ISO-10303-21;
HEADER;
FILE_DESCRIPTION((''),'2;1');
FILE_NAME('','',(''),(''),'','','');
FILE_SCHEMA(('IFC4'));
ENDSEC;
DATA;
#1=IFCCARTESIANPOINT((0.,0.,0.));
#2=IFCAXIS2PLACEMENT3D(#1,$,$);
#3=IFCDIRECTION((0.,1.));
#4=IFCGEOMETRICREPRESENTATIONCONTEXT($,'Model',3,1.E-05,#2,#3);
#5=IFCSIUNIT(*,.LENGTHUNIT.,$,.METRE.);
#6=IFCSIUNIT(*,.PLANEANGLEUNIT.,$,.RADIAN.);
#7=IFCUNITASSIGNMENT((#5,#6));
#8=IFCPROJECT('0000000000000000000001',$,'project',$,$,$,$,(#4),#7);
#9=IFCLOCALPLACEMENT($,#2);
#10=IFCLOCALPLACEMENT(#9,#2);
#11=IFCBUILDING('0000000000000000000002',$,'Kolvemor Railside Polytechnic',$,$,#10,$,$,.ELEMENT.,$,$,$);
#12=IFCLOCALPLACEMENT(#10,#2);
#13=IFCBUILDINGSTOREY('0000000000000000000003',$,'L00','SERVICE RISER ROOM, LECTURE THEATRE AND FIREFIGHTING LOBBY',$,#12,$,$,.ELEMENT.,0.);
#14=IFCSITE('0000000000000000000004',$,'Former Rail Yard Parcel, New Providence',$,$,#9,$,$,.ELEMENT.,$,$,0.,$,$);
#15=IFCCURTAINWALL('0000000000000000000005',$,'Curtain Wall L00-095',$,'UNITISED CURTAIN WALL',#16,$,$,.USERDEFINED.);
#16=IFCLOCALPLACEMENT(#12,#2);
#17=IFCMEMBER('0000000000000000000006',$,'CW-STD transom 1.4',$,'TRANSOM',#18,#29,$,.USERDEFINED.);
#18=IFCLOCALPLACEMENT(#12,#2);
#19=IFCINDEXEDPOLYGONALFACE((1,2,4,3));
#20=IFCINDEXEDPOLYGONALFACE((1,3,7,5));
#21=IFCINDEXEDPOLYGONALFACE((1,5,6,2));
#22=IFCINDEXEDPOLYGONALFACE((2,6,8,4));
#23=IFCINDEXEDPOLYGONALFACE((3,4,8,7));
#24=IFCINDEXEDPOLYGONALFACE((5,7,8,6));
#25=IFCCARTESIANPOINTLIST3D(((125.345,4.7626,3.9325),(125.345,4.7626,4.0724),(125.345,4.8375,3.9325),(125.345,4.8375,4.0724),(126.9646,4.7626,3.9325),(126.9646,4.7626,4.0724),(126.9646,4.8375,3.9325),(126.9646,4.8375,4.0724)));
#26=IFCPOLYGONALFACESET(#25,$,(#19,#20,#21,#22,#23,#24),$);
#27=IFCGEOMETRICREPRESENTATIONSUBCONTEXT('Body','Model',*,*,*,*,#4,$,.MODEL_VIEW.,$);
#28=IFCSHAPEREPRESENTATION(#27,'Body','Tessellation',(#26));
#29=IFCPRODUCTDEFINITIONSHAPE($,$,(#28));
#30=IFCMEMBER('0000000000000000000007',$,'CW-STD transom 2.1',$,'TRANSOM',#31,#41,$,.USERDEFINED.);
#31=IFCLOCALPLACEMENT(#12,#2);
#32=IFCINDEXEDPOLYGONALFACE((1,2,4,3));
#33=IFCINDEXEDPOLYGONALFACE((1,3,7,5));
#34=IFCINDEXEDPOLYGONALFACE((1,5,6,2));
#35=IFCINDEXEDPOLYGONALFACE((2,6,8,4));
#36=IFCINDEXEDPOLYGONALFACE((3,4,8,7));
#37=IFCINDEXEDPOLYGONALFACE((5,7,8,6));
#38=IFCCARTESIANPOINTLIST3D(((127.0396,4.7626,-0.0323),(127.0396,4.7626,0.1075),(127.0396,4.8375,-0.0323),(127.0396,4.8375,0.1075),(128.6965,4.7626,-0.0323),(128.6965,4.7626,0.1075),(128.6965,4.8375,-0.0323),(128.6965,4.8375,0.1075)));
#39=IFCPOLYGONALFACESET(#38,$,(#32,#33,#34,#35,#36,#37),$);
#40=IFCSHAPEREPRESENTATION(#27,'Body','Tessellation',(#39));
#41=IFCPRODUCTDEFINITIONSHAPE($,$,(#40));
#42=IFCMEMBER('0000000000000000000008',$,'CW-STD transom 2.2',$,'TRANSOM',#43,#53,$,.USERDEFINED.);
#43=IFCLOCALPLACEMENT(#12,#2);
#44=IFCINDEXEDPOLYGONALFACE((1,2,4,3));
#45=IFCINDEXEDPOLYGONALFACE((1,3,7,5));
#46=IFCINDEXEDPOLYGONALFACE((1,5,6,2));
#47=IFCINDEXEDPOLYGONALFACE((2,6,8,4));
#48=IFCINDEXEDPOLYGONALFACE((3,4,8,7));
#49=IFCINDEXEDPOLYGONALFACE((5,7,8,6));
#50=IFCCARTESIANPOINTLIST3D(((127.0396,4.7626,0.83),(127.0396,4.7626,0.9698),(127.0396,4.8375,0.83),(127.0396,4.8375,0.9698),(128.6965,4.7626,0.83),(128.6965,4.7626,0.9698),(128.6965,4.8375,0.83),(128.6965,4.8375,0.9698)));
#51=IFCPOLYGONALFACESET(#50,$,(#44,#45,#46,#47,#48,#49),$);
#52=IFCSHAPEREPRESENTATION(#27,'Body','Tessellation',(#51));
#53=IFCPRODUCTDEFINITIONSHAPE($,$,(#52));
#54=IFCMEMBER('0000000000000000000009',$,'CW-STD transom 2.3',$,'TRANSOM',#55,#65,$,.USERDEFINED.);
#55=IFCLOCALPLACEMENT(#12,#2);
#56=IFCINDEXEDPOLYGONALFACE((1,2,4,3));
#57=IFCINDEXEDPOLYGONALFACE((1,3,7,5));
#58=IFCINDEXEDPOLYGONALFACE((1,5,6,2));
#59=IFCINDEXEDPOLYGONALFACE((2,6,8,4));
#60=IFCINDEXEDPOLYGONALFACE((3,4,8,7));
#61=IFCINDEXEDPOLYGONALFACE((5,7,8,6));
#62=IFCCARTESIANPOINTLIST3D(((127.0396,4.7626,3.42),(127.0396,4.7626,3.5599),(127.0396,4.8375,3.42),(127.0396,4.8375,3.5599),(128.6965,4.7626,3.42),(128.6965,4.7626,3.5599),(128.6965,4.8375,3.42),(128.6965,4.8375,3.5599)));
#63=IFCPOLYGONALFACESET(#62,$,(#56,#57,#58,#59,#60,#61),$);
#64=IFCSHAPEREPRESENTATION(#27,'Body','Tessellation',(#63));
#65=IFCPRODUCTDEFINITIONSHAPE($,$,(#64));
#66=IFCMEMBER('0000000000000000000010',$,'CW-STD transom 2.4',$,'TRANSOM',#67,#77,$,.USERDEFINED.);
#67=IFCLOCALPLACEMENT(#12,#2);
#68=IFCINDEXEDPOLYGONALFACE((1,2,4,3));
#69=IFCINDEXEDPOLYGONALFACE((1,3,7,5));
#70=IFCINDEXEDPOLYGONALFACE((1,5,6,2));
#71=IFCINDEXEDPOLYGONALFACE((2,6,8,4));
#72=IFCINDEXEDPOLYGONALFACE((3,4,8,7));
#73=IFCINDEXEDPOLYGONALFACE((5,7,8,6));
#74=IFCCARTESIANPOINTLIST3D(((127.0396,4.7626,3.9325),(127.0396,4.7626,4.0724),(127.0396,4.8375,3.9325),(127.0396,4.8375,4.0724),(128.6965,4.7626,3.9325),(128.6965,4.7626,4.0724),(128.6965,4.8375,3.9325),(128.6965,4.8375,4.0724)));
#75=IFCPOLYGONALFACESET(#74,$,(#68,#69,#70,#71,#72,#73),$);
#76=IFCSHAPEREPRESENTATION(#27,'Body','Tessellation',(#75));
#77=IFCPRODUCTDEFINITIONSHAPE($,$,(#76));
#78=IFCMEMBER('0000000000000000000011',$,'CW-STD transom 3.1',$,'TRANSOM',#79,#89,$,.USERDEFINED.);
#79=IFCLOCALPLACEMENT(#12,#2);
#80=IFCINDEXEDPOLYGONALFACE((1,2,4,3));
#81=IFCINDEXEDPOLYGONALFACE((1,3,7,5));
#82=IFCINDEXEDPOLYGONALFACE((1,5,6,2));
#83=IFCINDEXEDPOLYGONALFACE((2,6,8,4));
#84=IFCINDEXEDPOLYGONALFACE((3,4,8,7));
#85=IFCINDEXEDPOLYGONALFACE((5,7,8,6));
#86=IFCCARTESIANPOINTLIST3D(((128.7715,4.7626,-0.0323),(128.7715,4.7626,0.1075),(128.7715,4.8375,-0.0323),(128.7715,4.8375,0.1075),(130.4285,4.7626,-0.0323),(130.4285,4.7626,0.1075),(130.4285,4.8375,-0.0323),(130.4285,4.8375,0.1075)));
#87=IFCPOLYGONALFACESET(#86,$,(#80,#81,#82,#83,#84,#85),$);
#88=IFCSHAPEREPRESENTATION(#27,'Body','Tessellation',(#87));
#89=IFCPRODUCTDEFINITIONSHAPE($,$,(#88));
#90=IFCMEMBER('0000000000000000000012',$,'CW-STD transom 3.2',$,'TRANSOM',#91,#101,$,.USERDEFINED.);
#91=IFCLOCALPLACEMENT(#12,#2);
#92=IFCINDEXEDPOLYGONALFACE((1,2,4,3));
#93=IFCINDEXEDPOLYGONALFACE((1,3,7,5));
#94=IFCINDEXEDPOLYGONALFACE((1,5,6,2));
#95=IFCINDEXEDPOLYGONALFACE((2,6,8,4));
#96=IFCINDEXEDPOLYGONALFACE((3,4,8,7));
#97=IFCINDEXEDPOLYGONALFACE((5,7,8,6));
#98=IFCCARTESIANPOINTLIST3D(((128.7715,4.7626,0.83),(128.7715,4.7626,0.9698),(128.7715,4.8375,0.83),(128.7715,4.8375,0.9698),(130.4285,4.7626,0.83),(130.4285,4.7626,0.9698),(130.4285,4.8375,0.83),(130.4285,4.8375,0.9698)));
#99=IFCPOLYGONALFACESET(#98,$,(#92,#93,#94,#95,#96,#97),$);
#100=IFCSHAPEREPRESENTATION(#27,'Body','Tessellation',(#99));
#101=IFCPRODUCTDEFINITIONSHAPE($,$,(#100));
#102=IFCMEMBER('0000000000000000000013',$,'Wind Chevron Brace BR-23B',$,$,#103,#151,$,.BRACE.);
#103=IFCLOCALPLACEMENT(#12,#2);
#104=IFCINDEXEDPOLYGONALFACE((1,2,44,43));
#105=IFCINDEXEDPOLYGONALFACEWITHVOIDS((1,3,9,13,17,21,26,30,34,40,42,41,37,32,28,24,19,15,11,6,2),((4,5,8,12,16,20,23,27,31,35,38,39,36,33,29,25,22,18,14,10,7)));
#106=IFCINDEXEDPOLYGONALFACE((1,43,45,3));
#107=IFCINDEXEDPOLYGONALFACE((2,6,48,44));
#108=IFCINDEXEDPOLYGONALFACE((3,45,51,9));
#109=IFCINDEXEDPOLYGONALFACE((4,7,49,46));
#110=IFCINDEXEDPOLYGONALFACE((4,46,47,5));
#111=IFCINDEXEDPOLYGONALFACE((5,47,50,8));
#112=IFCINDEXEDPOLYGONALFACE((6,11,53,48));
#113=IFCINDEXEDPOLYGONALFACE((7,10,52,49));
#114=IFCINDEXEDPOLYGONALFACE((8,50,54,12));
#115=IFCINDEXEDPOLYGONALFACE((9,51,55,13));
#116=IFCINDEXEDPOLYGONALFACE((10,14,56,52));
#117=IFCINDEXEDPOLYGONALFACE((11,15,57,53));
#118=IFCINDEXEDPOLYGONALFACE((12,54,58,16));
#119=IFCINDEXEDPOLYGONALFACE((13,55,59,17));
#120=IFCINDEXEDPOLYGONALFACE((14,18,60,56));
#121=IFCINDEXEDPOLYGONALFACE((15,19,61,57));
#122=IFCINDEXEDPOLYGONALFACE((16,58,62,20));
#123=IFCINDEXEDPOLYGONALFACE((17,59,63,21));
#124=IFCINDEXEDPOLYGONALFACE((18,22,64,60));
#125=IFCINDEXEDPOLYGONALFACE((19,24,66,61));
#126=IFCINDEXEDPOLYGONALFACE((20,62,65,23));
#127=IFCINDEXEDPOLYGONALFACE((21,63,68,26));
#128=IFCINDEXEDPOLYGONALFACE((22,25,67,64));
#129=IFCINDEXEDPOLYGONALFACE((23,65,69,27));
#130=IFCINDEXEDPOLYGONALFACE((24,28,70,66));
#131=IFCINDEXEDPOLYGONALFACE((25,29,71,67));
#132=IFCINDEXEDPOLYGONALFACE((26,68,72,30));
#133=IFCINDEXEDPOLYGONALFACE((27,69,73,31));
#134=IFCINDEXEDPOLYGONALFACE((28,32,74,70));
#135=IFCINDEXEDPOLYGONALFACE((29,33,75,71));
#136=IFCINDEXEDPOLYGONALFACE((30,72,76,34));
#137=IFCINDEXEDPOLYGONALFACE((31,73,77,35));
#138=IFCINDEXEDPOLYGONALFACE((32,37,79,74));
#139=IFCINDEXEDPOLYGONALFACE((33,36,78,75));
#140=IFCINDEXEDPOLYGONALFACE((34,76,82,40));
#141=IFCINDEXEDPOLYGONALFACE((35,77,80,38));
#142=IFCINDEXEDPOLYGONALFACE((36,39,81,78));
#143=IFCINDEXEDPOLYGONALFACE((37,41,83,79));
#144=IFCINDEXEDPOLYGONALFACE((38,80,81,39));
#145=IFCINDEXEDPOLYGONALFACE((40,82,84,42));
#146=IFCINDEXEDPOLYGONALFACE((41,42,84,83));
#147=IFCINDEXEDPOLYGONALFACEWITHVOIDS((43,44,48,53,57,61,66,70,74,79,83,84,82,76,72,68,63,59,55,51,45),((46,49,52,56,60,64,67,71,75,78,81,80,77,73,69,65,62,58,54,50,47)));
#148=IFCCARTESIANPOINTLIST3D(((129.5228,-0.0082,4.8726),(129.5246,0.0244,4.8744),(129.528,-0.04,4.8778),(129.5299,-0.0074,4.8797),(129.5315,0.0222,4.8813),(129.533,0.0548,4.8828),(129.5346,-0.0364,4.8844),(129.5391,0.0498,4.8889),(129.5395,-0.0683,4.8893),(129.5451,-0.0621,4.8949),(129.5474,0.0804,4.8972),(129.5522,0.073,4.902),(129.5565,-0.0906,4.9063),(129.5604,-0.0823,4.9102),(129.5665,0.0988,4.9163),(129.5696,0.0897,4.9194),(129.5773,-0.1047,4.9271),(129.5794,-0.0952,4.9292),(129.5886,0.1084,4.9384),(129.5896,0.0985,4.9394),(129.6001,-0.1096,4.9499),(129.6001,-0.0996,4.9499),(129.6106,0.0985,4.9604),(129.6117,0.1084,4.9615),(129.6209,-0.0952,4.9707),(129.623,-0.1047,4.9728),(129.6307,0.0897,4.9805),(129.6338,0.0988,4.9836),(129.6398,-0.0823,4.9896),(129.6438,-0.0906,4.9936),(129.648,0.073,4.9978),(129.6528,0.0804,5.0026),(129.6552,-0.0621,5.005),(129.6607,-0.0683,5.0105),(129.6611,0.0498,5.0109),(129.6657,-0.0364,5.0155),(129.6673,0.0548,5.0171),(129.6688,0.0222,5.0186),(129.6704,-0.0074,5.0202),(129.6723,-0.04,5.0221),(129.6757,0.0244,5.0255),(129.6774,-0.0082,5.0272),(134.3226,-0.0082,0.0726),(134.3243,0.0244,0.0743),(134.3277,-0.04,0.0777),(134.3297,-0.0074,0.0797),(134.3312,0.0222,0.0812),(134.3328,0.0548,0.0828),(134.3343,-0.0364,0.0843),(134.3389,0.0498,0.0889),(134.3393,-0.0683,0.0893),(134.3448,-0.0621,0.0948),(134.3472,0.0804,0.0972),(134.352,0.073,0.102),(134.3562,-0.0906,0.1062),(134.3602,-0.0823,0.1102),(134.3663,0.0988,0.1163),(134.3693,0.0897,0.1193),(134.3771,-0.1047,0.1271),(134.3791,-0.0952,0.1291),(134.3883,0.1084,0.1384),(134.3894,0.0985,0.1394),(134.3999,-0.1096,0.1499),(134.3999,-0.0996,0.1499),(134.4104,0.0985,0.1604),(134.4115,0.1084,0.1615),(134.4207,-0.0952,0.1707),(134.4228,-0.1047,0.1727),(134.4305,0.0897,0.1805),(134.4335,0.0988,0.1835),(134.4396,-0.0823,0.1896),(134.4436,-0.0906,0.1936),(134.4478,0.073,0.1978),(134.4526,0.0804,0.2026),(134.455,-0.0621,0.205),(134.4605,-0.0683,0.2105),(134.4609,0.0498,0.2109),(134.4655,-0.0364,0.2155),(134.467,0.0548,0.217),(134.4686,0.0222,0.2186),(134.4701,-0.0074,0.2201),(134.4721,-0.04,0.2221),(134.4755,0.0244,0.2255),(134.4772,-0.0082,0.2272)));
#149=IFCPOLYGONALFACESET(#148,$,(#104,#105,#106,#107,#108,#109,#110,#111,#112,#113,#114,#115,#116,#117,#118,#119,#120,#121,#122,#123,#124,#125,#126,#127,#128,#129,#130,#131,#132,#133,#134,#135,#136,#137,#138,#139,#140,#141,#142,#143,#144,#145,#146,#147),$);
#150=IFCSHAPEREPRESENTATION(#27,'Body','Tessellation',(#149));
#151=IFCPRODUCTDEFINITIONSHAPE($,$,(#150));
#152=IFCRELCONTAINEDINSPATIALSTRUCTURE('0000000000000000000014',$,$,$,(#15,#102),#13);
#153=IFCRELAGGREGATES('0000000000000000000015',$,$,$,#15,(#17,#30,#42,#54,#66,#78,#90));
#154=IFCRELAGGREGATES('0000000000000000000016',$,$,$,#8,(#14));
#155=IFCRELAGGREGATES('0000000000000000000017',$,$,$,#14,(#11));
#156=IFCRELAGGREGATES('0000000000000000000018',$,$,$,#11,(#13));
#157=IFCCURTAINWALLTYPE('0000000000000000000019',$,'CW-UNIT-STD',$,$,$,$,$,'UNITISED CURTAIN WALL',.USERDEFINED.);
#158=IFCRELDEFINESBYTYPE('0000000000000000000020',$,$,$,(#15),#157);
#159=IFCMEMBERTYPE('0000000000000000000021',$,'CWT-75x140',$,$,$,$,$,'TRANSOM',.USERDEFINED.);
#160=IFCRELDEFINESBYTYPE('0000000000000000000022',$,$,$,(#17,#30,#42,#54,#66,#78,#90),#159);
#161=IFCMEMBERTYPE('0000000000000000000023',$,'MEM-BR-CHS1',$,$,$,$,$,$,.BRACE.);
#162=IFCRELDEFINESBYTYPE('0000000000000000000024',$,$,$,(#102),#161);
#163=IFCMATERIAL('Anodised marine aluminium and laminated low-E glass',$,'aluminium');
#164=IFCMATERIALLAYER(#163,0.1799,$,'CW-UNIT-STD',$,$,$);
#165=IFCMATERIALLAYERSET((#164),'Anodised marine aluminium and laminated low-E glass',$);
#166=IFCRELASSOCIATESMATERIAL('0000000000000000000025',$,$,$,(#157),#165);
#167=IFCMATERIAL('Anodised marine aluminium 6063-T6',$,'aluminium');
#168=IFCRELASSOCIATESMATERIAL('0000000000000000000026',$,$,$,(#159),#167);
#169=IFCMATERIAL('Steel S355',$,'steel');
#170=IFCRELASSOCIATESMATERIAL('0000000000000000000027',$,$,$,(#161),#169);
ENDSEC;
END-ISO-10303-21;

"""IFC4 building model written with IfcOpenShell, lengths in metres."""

from ifc_helpers import new_model, si_unit, direction, frame, origin, origin_2d, place, context, subcontext, project, spatial, rectangle, hollow_circle, extrude, material, layer, layer_set, material_profile, profile_set, type_object, element, aggregate, save


model = new_model("IFC4")

# Units and contexts
model_context = context("Model", 3, precision=1e-05, world=origin(), true_north=direction((0.0, 1.0)))
body_context = subcontext(model_context, "Body", "Model", "MODEL_VIEW")
ifc_project = project(units=[si_unit("LENGTHUNIT", "METRE"), si_unit("PLANEANGLEUNIT", "RADIAN")], contexts=[model_context])

# Site, building, storey
site_placement = place(None, origin())
site = spatial("IfcSite", under=ifc_project, at=site_placement, Name="Former Rail Yard Parcel, New Providence", CompositionType="ELEMENT", RefElevation=0.0)
building_placement = place(site_placement, origin())
building = spatial("IfcBuilding", under=site, at=building_placement, Name="Kolvemor Railside Polytechnic", CompositionType="ELEMENT")
storey_placement = place(building_placement, origin())
storey = spatial("IfcBuildingStorey", under=building, at=storey_placement, Name="L00", Description="SERVICE RISER ROOM, LECTURE THEATRE AND FIREFIGHTING LOBBY", CompositionType="ELEMENT", Elevation=0.0)

# Curtain wall, members
ifc_material_1 = material(Name="Anodised marine aluminium and laminated low-E glass", Category="aluminium")
ifc_layer_1 = layer(ifc_material_1, 0.1799, Name="CW-UNIT-STD")
ifc_layer_set_1 = layer_set([ifc_layer_1], Name="Anodised marine aluminium and laminated low-E glass")
curtain_wall_type = type_object("IfcCurtainWallType", Name="CW-UNIT-STD", ElementType="UNITISED CURTAIN WALL", PredefinedType="USERDEFINED", material=ifc_layer_set_1)
curtain_wall_placement = place(storey_placement, origin())
curtain_wall = element("IfcCurtainWall", 1, at=curtain_wall_placement, inside=storey, type_object=curtain_wall_type, Name="Curtain Wall L00-095", ObjectType="UNITISED CURTAIN WALL", PredefinedType="USERDEFINED")
ifc_material_2 = material(Name="Anodised marine aluminium 6063-T6", Category="aluminium")
ifc_material_profile_1 = material_profile(ifc_material_2, rectangle(XDim=0.075, YDim=0.1399, at=origin_2d()), Name="CW-TRN-75x140")
ifc_profile_set_1 = profile_set([ifc_material_profile_1], Name="Anodised marine aluminium 6063-T6")
member_type_1 = type_object("IfcMemberType", Name="CWT-75x140", ElementType="TRANSOM", PredefinedType="USERDEFINED", material=ifc_profile_set_1)
member_1_placement = place(storey_placement, frame((125.345, 4.8, 4.0024), z_axis=(1.0, 0.0, 0.0), x_axis=(0.0, 1.0, 0.0)))
member_1 = element("IfcMember", 2, at=member_1_placement, type_object=member_type_1, Name="CW-STD transom 1.4", ObjectType="TRANSOM", PredefinedType="USERDEFINED", context=body_context, shape_type="SweptSolid", body=[
    extrude(rectangle(XDim=0.075, YDim=0.1399, at=origin_2d()), origin(), (0.0, 0.0, 1.0), 1.6196),
])
member_2_placement = place(storey_placement, frame((127.0396, 4.8, 0.0376), z_axis=(1.0, 0.0, 0.0), x_axis=(0.0, 1.0, 0.0)))
member_2 = element("IfcMember", 3, at=member_2_placement, type_object=member_type_1, Name="CW-STD transom 2.1", ObjectType="TRANSOM", PredefinedType="USERDEFINED", context=body_context, shape_type="SweptSolid", body=[
    extrude(rectangle(XDim=0.075, YDim=0.1399, at=origin_2d()), origin(), (0.0, 0.0, 1.0), 1.657),
])
member_3_placement = place(storey_placement, frame((127.0396, 4.8, 0.8999), z_axis=(1.0, 0.0, 0.0), x_axis=(0.0, 1.0, 0.0)))
member_3 = element("IfcMember", 4, at=member_3_placement, type_object=member_type_1, Name="CW-STD transom 2.2", ObjectType="TRANSOM", PredefinedType="USERDEFINED", context=body_context, shape_type="SweptSolid", body=[
    extrude(rectangle(XDim=0.075, YDim=0.1399, at=origin_2d()), origin(), (0.0, 0.0, 1.0), 1.657),
])
member_4_placement = place(storey_placement, frame((127.0396, 4.8, 3.49), z_axis=(1.0, 0.0, 0.0), x_axis=(0.0, 1.0, 0.0)))
member_4 = element("IfcMember", 5, at=member_4_placement, type_object=member_type_1, Name="CW-STD transom 2.3", ObjectType="TRANSOM", PredefinedType="USERDEFINED", context=body_context, shape_type="SweptSolid", body=[
    extrude(rectangle(XDim=0.075, YDim=0.1399, at=origin_2d()), origin(), (0.0, 0.0, 1.0), 1.657),
])
member_5_placement = place(storey_placement, frame((127.0396, 4.8, 4.0024), z_axis=(1.0, 0.0, 0.0), x_axis=(0.0, 1.0, 0.0)))
member_5 = element("IfcMember", 6, at=member_5_placement, type_object=member_type_1, Name="CW-STD transom 2.4", ObjectType="TRANSOM", PredefinedType="USERDEFINED", context=body_context, shape_type="SweptSolid", body=[
    extrude(rectangle(XDim=0.075, YDim=0.1399, at=origin_2d()), origin(), (0.0, 0.0, 1.0), 1.657),
])
member_6_placement = place(storey_placement, frame((128.7715, 4.8, 0.0376), z_axis=(1.0, 0.0, 0.0), x_axis=(0.0, 1.0, 0.0)))
member_6 = element("IfcMember", 7, at=member_6_placement, type_object=member_type_1, Name="CW-STD transom 3.1", ObjectType="TRANSOM", PredefinedType="USERDEFINED", context=body_context, shape_type="SweptSolid", body=[
    extrude(rectangle(XDim=0.075, YDim=0.1399, at=origin_2d()), origin(), (0.0, 0.0, 1.0), 1.657),
])
member_7_placement = place(storey_placement, frame((128.7715, 4.8, 0.8999), z_axis=(1.0, 0.0, 0.0), x_axis=(0.0, 1.0, 0.0)))
member_7 = element("IfcMember", 8, at=member_7_placement, type_object=member_type_1, Name="CW-STD transom 3.2", ObjectType="TRANSOM", PredefinedType="USERDEFINED", context=body_context, shape_type="SweptSolid", body=[
    extrude(rectangle(XDim=0.075, YDim=0.1399, at=origin_2d()), origin(), (0.0, 0.0, 1.0), 1.657),
])

# Member
ifc_material_3 = material(Name="Steel S355", Category="steel")
ifc_material_profile_2 = material_profile(ifc_material_3, hollow_circle(Radius=0.1096, WallThickness=0.01, at=origin_2d()), Name="CHS219.1x10")
ifc_profile_set_2 = profile_set([ifc_material_profile_2], Name="Steel S355")
member_type_2 = type_object("IfcMemberType", Name="MEM-BR-CHS1", PredefinedType="BRACE", material=ifc_profile_set_2)
member_8_placement = place(storey_placement, frame((134.3999, 0.0, 0.1499), z_axis=(-0.707089, 0.0, 0.707125), x_axis=(0.0, -1.0, 0.0)))
element("IfcMember", 9, at=member_8_placement, inside=storey, type_object=member_type_2, Name="Wind Chevron Brace BR-23B", PredefinedType="BRACE", context=body_context, shape_type="SweptSolid", body=[
    extrude(hollow_circle(Radius=0.1096, WallThickness=0.01, at=origin_2d()), origin(), (0.0, 0.0, 1.0), 6.7881),
])

aggregate(curtain_wall, [member_1, member_2, member_3, member_4, member_5, member_6, member_7])

save(model, "model.ifc")
